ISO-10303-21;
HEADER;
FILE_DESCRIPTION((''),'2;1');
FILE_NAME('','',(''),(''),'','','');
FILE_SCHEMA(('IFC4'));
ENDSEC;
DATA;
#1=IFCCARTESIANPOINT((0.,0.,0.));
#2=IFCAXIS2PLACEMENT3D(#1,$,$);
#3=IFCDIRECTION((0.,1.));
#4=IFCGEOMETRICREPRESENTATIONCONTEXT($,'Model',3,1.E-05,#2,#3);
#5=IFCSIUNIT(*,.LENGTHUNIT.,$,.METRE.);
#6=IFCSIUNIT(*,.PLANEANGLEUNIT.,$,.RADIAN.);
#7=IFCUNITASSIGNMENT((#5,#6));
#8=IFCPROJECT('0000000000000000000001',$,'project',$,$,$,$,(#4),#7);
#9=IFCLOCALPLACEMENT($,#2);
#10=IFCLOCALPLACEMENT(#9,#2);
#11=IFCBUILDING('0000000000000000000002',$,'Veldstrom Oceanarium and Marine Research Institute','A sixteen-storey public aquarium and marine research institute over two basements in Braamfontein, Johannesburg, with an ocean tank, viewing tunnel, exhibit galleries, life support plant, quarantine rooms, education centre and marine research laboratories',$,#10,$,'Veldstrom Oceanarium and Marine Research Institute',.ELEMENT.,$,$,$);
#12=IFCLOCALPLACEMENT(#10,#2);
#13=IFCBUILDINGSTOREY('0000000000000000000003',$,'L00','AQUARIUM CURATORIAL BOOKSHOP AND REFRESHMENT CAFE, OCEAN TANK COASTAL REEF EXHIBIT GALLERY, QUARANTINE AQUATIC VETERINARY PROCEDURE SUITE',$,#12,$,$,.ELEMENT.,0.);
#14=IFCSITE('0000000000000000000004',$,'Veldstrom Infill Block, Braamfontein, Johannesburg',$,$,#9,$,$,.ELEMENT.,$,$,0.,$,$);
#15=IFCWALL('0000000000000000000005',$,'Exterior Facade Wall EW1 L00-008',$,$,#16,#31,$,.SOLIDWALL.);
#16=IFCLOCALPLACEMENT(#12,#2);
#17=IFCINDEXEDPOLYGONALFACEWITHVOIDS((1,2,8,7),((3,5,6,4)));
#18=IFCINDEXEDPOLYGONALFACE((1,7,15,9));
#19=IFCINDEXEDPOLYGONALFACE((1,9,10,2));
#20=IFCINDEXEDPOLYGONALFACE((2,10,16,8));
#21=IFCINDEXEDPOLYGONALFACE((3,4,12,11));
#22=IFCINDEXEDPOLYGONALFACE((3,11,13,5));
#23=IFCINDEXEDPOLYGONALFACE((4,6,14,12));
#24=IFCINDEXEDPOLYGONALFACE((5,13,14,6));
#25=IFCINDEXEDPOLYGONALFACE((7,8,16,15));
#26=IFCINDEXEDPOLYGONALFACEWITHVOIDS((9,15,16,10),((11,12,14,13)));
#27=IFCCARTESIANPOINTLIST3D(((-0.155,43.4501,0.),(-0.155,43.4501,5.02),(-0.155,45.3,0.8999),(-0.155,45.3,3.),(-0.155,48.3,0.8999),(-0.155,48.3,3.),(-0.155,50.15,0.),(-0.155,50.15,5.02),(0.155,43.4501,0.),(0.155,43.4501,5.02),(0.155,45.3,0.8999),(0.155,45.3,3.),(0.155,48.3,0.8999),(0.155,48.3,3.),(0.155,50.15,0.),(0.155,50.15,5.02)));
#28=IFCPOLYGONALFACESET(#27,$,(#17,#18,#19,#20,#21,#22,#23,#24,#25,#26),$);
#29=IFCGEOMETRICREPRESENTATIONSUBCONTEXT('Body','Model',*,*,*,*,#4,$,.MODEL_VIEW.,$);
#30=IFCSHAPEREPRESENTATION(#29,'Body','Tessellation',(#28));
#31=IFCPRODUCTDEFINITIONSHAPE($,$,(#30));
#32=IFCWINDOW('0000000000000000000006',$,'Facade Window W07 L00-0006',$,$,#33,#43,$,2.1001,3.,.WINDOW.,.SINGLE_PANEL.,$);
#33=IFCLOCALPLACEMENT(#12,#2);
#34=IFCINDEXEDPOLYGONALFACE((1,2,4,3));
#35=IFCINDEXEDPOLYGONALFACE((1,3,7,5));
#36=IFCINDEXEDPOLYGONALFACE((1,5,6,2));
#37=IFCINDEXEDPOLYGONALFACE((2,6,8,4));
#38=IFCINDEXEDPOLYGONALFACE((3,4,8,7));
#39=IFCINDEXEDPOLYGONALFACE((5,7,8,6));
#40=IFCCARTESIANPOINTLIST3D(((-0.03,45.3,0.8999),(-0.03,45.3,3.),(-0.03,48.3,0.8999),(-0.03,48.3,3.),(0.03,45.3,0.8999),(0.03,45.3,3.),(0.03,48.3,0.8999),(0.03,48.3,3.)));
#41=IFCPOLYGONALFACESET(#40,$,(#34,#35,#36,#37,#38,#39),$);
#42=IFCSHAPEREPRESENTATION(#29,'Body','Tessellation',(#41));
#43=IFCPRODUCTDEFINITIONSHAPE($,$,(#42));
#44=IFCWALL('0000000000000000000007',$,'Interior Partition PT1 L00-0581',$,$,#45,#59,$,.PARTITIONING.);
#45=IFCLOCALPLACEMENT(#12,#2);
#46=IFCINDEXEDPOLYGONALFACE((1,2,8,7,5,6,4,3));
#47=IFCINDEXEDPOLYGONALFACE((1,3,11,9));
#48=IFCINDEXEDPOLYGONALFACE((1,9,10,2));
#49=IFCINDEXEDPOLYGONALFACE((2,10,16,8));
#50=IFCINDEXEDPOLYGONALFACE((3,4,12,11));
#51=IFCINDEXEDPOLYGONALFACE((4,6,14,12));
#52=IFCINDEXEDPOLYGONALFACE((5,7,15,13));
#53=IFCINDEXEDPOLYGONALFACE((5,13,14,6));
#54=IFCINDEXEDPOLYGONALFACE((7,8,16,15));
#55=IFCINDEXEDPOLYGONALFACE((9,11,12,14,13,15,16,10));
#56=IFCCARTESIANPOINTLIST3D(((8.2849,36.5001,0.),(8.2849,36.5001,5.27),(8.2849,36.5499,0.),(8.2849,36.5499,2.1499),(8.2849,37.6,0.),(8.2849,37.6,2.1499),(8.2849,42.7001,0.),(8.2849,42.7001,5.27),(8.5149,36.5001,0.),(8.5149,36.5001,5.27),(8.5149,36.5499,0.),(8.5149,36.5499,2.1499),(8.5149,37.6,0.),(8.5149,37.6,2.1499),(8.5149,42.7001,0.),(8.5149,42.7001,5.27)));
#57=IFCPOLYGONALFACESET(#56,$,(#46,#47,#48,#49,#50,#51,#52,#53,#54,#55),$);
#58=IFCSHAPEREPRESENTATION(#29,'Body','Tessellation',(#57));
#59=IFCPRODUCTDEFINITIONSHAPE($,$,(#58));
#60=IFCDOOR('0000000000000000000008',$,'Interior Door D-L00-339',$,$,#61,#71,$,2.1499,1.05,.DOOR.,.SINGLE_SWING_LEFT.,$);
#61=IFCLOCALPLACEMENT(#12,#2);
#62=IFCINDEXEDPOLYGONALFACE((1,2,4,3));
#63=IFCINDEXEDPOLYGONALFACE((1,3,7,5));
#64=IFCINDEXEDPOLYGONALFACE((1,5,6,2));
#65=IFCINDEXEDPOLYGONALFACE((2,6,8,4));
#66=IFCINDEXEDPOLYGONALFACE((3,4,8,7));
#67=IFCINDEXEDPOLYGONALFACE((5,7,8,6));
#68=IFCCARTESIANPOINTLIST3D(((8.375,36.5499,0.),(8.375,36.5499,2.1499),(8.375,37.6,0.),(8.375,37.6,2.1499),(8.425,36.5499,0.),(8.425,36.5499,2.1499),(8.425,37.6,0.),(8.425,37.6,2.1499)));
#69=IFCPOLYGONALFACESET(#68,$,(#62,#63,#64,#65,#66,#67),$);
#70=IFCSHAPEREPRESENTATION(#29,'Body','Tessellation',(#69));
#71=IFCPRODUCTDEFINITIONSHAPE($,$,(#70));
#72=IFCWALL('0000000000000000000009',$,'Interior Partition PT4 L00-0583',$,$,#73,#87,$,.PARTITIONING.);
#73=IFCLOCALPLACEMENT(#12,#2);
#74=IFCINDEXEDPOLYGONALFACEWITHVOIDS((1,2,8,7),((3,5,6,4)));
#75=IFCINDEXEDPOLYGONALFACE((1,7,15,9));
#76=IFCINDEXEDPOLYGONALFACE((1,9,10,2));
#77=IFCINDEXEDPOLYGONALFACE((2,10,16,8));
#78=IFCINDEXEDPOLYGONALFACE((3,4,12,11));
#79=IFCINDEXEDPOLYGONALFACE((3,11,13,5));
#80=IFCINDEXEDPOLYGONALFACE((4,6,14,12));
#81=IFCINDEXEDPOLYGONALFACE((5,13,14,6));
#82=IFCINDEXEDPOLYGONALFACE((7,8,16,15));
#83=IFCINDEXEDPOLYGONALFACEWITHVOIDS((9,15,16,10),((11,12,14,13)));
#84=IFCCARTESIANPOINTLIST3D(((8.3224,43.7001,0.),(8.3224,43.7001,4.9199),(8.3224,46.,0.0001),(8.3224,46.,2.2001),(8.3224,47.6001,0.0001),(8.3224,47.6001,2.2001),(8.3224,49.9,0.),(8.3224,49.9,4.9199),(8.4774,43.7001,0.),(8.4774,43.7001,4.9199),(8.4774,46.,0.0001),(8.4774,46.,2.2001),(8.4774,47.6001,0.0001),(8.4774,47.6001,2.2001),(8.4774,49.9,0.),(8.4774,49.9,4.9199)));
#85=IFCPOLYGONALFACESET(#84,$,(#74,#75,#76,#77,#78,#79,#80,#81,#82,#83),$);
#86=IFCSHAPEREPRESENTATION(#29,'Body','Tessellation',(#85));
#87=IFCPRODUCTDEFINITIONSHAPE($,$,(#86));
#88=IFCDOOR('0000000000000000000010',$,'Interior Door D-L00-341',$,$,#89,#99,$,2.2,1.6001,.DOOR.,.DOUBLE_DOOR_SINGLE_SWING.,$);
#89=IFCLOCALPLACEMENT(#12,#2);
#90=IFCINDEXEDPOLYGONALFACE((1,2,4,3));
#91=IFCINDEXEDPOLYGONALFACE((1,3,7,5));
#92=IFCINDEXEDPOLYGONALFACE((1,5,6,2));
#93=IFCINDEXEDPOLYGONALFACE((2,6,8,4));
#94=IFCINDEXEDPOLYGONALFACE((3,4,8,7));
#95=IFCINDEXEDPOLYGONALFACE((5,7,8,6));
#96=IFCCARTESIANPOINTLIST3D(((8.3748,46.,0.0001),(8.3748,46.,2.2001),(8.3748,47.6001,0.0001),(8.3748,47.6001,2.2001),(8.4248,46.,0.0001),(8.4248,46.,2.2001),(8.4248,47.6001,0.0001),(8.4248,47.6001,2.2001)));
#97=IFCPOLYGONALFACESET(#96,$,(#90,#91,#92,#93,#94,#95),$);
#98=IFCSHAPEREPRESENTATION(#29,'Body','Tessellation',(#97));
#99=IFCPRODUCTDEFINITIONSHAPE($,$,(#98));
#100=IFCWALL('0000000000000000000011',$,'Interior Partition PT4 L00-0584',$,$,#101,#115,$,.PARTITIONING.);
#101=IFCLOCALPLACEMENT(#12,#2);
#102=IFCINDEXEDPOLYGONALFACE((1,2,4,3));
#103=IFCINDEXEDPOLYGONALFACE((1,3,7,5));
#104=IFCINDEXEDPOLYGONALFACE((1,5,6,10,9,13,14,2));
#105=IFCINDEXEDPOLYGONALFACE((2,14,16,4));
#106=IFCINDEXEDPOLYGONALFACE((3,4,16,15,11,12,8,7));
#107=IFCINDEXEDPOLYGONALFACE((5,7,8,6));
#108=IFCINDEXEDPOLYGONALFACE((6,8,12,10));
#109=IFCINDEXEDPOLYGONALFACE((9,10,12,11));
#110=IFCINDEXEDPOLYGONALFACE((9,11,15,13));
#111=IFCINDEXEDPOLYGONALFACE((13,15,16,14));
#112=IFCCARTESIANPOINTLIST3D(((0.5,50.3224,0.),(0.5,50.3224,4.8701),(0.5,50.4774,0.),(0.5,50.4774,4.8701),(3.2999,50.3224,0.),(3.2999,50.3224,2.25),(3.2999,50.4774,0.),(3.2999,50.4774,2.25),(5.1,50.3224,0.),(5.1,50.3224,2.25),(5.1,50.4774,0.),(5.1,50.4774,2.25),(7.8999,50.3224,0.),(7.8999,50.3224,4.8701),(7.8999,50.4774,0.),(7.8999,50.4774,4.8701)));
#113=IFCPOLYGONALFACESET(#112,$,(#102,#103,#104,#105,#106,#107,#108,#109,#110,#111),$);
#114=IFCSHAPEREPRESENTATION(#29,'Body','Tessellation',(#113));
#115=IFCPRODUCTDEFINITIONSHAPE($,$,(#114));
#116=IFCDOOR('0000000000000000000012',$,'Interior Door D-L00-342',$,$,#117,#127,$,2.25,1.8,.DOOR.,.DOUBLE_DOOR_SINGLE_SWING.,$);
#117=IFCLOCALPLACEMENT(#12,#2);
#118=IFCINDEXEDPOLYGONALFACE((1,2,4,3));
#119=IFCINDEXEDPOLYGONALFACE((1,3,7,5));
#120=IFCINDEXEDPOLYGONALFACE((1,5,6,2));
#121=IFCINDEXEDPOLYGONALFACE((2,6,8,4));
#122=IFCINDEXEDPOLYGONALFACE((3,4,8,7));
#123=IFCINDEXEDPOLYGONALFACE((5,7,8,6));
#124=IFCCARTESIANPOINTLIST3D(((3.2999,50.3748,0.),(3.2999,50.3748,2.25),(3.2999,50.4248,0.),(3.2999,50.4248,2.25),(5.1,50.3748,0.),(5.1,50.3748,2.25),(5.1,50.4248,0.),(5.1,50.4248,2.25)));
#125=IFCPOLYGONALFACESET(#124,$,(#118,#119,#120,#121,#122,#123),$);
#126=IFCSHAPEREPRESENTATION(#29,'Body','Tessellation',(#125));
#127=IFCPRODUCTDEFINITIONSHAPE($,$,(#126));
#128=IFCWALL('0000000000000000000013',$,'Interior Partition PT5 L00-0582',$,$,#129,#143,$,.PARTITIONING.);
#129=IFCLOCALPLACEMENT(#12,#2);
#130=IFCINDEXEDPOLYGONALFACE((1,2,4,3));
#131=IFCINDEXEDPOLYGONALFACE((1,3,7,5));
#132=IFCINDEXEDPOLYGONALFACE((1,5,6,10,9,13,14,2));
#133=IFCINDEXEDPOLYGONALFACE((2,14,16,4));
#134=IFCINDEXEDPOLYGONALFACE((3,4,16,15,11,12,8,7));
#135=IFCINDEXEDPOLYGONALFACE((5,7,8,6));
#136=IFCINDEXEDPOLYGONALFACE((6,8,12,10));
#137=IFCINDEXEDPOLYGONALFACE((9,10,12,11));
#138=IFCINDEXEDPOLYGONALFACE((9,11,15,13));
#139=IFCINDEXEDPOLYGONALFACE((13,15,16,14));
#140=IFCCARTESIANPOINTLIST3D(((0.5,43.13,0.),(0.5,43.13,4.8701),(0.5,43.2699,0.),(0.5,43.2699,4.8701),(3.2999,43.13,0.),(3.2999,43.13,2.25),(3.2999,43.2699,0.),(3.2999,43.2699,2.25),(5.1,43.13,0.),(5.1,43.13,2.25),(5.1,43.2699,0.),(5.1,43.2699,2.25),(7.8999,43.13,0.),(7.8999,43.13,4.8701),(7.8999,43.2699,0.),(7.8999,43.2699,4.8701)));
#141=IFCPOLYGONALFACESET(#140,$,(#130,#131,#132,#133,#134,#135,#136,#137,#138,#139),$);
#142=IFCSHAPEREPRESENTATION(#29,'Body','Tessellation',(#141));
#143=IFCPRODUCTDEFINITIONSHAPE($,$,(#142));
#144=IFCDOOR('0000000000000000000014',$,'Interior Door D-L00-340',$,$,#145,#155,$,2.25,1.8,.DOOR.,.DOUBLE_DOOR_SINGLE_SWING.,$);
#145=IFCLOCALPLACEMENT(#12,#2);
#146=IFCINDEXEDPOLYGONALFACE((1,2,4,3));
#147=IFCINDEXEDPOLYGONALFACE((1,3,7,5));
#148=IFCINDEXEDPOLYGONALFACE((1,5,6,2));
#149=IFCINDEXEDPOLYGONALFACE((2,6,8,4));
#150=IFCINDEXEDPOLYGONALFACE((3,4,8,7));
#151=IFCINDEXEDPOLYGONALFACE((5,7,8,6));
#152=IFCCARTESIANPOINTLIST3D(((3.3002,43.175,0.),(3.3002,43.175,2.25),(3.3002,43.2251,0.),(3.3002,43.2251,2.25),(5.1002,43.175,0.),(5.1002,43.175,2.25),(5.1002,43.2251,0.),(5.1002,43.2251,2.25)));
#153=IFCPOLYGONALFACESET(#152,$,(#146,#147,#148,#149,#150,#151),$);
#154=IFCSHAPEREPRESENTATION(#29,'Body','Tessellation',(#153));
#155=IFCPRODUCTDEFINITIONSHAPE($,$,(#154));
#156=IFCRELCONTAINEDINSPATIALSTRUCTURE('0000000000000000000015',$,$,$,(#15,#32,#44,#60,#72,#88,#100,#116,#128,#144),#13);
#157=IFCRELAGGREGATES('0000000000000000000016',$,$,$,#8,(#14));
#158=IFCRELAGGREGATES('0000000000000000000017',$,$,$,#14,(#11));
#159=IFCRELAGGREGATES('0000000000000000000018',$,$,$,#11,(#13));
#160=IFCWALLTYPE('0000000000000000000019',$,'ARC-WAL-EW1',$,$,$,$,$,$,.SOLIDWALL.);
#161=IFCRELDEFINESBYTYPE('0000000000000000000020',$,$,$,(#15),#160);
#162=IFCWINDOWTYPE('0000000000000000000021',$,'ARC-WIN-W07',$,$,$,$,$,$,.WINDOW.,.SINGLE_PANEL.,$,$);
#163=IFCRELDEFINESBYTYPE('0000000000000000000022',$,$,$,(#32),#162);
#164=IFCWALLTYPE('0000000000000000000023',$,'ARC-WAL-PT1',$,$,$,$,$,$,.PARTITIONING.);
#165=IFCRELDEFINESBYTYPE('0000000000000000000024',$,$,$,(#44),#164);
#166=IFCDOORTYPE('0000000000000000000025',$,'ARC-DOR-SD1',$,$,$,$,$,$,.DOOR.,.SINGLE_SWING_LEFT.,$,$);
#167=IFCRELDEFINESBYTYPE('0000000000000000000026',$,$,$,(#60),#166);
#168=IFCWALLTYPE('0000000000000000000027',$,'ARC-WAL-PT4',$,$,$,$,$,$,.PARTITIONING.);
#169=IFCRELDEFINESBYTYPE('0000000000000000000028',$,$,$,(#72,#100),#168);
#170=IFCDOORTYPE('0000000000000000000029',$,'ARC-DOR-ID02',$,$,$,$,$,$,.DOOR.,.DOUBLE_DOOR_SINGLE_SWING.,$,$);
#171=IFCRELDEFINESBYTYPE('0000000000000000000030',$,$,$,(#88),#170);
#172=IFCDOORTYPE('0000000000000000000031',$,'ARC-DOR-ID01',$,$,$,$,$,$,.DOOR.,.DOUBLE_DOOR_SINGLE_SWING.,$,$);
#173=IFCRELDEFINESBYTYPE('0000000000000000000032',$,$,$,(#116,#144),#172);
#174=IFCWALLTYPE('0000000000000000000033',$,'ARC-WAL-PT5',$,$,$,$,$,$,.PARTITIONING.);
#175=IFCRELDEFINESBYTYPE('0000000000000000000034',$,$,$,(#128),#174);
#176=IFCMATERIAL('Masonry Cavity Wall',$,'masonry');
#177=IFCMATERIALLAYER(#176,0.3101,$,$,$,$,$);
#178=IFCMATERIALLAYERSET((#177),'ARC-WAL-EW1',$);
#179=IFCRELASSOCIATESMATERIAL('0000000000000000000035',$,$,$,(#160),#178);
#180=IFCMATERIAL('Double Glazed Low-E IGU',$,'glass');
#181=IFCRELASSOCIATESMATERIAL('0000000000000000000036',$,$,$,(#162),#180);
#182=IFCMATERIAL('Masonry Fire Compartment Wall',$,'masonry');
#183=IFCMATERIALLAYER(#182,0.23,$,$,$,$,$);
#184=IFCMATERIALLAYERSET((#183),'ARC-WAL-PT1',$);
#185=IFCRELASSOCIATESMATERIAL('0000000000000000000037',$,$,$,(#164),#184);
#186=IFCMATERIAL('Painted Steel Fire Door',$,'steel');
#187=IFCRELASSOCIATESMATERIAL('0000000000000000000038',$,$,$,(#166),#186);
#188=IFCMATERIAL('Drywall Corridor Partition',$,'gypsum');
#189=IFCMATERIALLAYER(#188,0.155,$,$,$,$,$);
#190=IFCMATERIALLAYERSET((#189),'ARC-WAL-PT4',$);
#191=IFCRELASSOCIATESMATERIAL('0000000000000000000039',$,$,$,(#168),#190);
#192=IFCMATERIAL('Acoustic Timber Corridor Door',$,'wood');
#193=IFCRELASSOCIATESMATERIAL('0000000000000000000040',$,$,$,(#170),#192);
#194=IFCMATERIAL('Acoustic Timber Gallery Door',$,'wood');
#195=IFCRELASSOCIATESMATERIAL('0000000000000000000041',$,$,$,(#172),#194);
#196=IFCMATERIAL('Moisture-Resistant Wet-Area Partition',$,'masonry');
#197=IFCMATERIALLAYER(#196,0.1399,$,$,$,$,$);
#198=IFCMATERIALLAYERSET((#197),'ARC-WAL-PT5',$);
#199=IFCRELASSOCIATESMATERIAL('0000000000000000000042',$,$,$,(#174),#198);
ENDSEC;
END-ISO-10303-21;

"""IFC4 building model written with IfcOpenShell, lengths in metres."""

from ifc_helpers import new_model, si_unit, direction, frame, frame_2d, origin, place, context, subcontext, project, spatial, rectangle, extrude, material, layer, layer_set, type_object, element, fill, save


model = new_model("IFC4")

# Units and contexts
model_context = context("Model", 3, precision=1e-05, world=origin(), true_north=direction((0.0, 1.0)))
body_context = subcontext(model_context, "Body", "Model", "MODEL_VIEW")
ifc_project = project(units=[si_unit("LENGTHUNIT", "METRE"), si_unit("PLANEANGLEUNIT", "RADIAN")], contexts=[model_context])

# Site, building, storey
site_placement = place(None, origin())
site = spatial("IfcSite", under=ifc_project, at=site_placement, Name="Veldstrom Infill Block, Braamfontein, Johannesburg", CompositionType="ELEMENT", RefElevation=0.0)
building_placement = place(site_placement, origin())
building = spatial("IfcBuilding", under=site, at=building_placement, Name="Veldstrom Oceanarium and Marine Research Institute", Description="A sixteen-storey public aquarium and marine research institute over two basements in Braamfontein, Johannesburg, with an ocean tank, viewing tunnel, exhibit galleries, life support plant, quarantine rooms, education centre and marine research laboratories", LongName="Veldstrom Oceanarium and Marine Research Institute", CompositionType="ELEMENT")
storey_placement = place(building_placement, origin())
storey = spatial("IfcBuildingStorey", under=building, at=storey_placement, Name="L00", Description="AQUARIUM CURATORIAL BOOKSHOP AND REFRESHMENT CAFE, OCEAN TANK COASTAL REEF EXHIBIT GALLERY, QUARANTINE AQUATIC VETERINARY PROCEDURE SUITE", CompositionType="ELEMENT", Elevation=0.0)

# Wall, opening, window
ifc_material_1 = material(Name="Masonry Cavity Wall", Category="masonry")
ifc_layer_1 = layer(ifc_material_1, 0.3101)
ifc_layer_set_1 = layer_set([ifc_layer_1], Name="ARC-WAL-EW1")
wall_type_1 = type_object("IfcWallType", Name="ARC-WAL-EW1", PredefinedType="SOLIDWALL", material=ifc_layer_set_1)
wall_1_placement = place(storey_placement, frame((0.0, 43.45, 0.0), z_axis=(0.0, 0.0, 1.0), x_axis=(0.0, 1.0, 0.0)))
wall_1 = element("IfcWall", 1, at=wall_1_placement, inside=storey, type_object=wall_type_1, Name="Exterior Facade Wall EW1 L00-008", PredefinedType="SOLIDWALL", context=body_context, shape_type="SweptSolid", body=[
    extrude(rectangle(XDim=6.7, YDim=0.3101, at=frame_2d((3.3501, 0.0))), origin(), (0.0, 0.0, 1.0), 5.02),
])
opening_1_placement = place(wall_1_placement, frame((1.8501, 0.0, 0.8999)))
opening_1 = element("IfcOpeningElement", 2, at=opening_1_placement, cuts=wall_1, PredefinedType="OPENING", context=body_context, shape_type="SweptSolid", body=[
    extrude(rectangle(XDim=3.0, YDim=2.1001, at=frame_2d((1.5, 1.05))), frame((0.0, 0.165, 0.0), z_axis=(0.0, -1.0, 0.0), x_axis=(1.0, 0.0, 0.0)), (0.0, 0.0, 1.0), 0.3301),
])
ifc_material_2 = material(Name="Double Glazed Low-E IGU", Category="glass")
window_type = type_object("IfcWindowType", Name="ARC-WIN-W07", PartitioningType="SINGLE_PANEL", PredefinedType="WINDOW", material=ifc_material_2)
window_placement = place(opening_1_placement, origin())
window = element("IfcWindow", 3, at=window_placement, inside=storey, type_object=window_type, Name="Facade Window W07 L00-0006", OverallHeight=2.1001, OverallWidth=3.0, PartitioningType="SINGLE_PANEL", PredefinedType="WINDOW", context=body_context, shape_type="SweptSolid", body=[
    extrude(rectangle(XDim=3.0, YDim=2.1001, at=frame_2d((1.5, 1.05))), frame((0.0, 0.03, 0.0), z_axis=(0.0, -1.0, 0.0), x_axis=(1.0, 0.0, 0.0)), (0.0, 0.0, 1.0), 0.0601),
])
fill(opening_1, window)

# Walls, openings, doors
ifc_material_3 = material(Name="Masonry Fire Compartment Wall", Category="masonry")
ifc_layer_2 = layer(ifc_material_3, 0.23)
ifc_layer_set_2 = layer_set([ifc_layer_2], Name="ARC-WAL-PT1")
wall_type_2 = type_object("IfcWallType", Name="ARC-WAL-PT1", PredefinedType="PARTITIONING", material=ifc_layer_set_2)
wall_2_placement = place(storey_placement, frame((8.3999, 36.5, 0.0), z_axis=(0.0, 0.0, 1.0), x_axis=(0.0, 1.0, 0.0)))
wall_2 = element("IfcWall", 4, at=wall_2_placement, inside=storey, type_object=wall_type_2, Name="Interior Partition PT1 L00-0581", PredefinedType="PARTITIONING", context=body_context, shape_type="SweptSolid", body=[
    extrude(rectangle(XDim=6.2, YDim=0.23, at=frame_2d((3.1001, 0.0))), origin(), (0.0, 0.0, 1.0), 5.27),
])
opening_2_placement = place(wall_2_placement, frame((0.05, 0.0, 0.0)))
opening_2 = element("IfcOpeningElement", 5, at=opening_2_placement, cuts=wall_2, PredefinedType="OPENING", context=body_context, shape_type="SweptSolid", body=[
    extrude(rectangle(XDim=1.05, YDim=2.1499, at=frame_2d((0.5249, 1.075))), frame((0.0, 0.125, 0.0), z_axis=(0.0, -1.0, 0.0), x_axis=(1.0, 0.0, 0.0)), (0.0, 0.0, 1.0), 0.25),
])
ifc_material_4 = material(Name="Painted Steel Fire Door", Category="steel")
door_type_1 = type_object("IfcDoorType", Name="ARC-DOR-SD1", OperationType="SINGLE_SWING_LEFT", PredefinedType="DOOR", material=ifc_material_4)
door_1_placement = place(opening_2_placement, origin())
door_1 = element("IfcDoor", 6, at=door_1_placement, inside=storey, type_object=door_type_1, Name="Interior Door D-L00-339", OperationType="SINGLE_SWING_LEFT", OverallHeight=2.1499, OverallWidth=1.05, PredefinedType="DOOR", context=body_context, shape_type="SweptSolid", body=[
    extrude(rectangle(XDim=1.05, YDim=2.1499, at=frame_2d((0.5249, 1.075))), frame((0.0, 0.0249, 0.0), z_axis=(0.0, -1.0, 0.0), x_axis=(1.0, 0.0, 0.0)), (0.0, 0.0, 1.0), 0.05),
])
fill(opening_2, door_1)
ifc_material_5 = material(Name="Drywall Corridor Partition", Category="gypsum")
ifc_layer_3 = layer(ifc_material_5, 0.155)
ifc_layer_set_3 = layer_set([ifc_layer_3], Name="ARC-WAL-PT4")
wall_type_3 = type_object("IfcWallType", Name="ARC-WAL-PT4", PredefinedType="PARTITIONING", material=ifc_layer_set_3)
wall_3_placement = place(storey_placement, frame((8.3999, 43.7, 0.0), z_axis=(0.0, 0.0, 1.0), x_axis=(0.0, 1.0, 0.0)))
wall_3 = element("IfcWall", 7, at=wall_3_placement, inside=storey, type_object=wall_type_3, Name="Interior Partition PT4 L00-0583", PredefinedType="PARTITIONING", context=body_context, shape_type="SweptSolid", body=[
    extrude(rectangle(XDim=6.2, YDim=0.155, at=frame_2d((3.1001, 0.0))), origin(), (0.0, 0.0, 1.0), 4.9199),
])
opening_3_placement = place(wall_3_placement, frame((2.3, 0.0, 0.0)))
opening_3 = element("IfcOpeningElement", 8, at=opening_3_placement, cuts=wall_3, PredefinedType="OPENING", context=body_context, shape_type="SweptSolid", body=[
    extrude(rectangle(XDim=1.6001, YDim=2.2, at=frame_2d((0.8, 1.1001))), frame((0.0, 0.0874, 0.0), z_axis=(0.0, -1.0, 0.0), x_axis=(1.0, 0.0, 0.0)), (0.0, 0.0, 1.0), 0.175),
])
ifc_material_6 = material(Name="Acoustic Timber Corridor Door", Category="wood")
door_type_2 = type_object("IfcDoorType", Name="ARC-DOR-ID02", OperationType="DOUBLE_DOOR_SINGLE_SWING", PredefinedType="DOOR", material=ifc_material_6)
door_2_placement = place(opening_3_placement, frame((1.6001, 0.0, 0.0), z_axis=(0.0, 0.0, 1.0), x_axis=(-1.0, 0.0, 0.0)))
door_2 = element("IfcDoor", 9, at=door_2_placement, inside=storey, type_object=door_type_2, Name="Interior Door D-L00-341", OperationType="DOUBLE_DOOR_SINGLE_SWING", OverallHeight=2.2, OverallWidth=1.6001, PredefinedType="DOOR", context=body_context, shape_type="SweptSolid", body=[
    extrude(rectangle(XDim=1.6001, YDim=2.2, at=frame_2d((0.8, 1.1001))), frame((0.0, 0.0249, 0.0), z_axis=(0.0, -1.0, 0.0), x_axis=(1.0, 0.0, 0.0)), (0.0, 0.0, 1.0), 0.05),
])
fill(opening_3, door_2)
wall_4_placement = place(storey_placement, frame((0.5, 50.3999, 0.0), z_axis=(0.0, 0.0, 1.0), x_axis=(1.0, 0.0, 0.0)))
wall_4 = element("IfcWall", 10, at=wall_4_placement, inside=storey, type_object=wall_type_3, Name="Interior Partition PT4 L00-0584", PredefinedType="PARTITIONING", context=body_context, shape_type="SweptSolid", body=[
    extrude(rectangle(XDim=7.3999, YDim=0.155, at=frame_2d((3.7, 0.0))), origin(), (0.0, 0.0, 1.0), 4.8701),
])
opening_4_placement = place(wall_4_placement, frame((2.8, 0.0, 0.0)))
opening_4 = element("IfcOpeningElement", 11, at=opening_4_placement, cuts=wall_4, PredefinedType="OPENING", context=body_context, shape_type="SweptSolid", body=[
    extrude(rectangle(XDim=1.8, YDim=2.25, at=frame_2d((0.8999, 1.125))), frame((0.0, 0.0874, 0.0), z_axis=(0.0, -1.0, 0.0), x_axis=(1.0, 0.0, 0.0)), (0.0, 0.0, 1.0), 0.175),
])
ifc_material_7 = material(Name="Acoustic Timber Gallery Door", Category="wood")
door_type_3 = type_object("IfcDoorType", Name="ARC-DOR-ID01", OperationType="DOUBLE_DOOR_SINGLE_SWING", PredefinedType="DOOR", material=ifc_material_7)
door_3_placement = place(opening_4_placement, origin())
door_3 = element("IfcDoor", 12, at=door_3_placement, inside=storey, type_object=door_type_3, Name="Interior Door D-L00-342", OperationType="DOUBLE_DOOR_SINGLE_SWING", OverallHeight=2.25, OverallWidth=1.8, PredefinedType="DOOR", context=body_context, shape_type="SweptSolid", body=[
    extrude(rectangle(XDim=1.8, YDim=2.25, at=frame_2d((0.8999, 1.125))), frame((0.0, 0.0249, 0.0), z_axis=(0.0, -1.0, 0.0), x_axis=(1.0, 0.0, 0.0)), (0.0, 0.0, 1.0), 0.05),
])
fill(opening_4, door_3)
ifc_material_8 = material(Name="Moisture-Resistant Wet-Area Partition", Category="masonry")
ifc_layer_4 = layer(ifc_material_8, 0.1399)
ifc_layer_set_4 = layer_set([ifc_layer_4], Name="ARC-WAL-PT5")
wall_type_4 = type_object("IfcWallType", Name="ARC-WAL-PT5", PredefinedType="PARTITIONING", material=ifc_layer_set_4)
wall_5_placement = place(storey_placement, frame((0.5, 43.2, 0.0), z_axis=(0.0, 0.0, 1.0), x_axis=(1.0, 0.0, 0.0)))
wall_5 = element("IfcWall", 13, at=wall_5_placement, inside=storey, type_object=wall_type_4, Name="Interior Partition PT5 L00-0582", PredefinedType="PARTITIONING", context=body_context, shape_type="SweptSolid", body=[
    extrude(rectangle(XDim=7.3999, YDim=0.1399, at=frame_2d((3.7, 0.0))), origin(), (0.0, 0.0, 1.0), 4.8701),
])
opening_5_placement = place(wall_5_placement, frame((2.8, 0.0, 0.0)))
opening_5 = element("IfcOpeningElement", 14, at=opening_5_placement, cuts=wall_5, PredefinedType="OPENING", context=body_context, shape_type="SweptSolid", body=[
    extrude(rectangle(XDim=1.8, YDim=2.25, at=frame_2d((0.8999, 1.125))), frame((0.0, 0.0798, 0.0), z_axis=(0.0, -1.0, 0.0), x_axis=(1.0, 0.0, 0.0)), (0.0, 0.0, 1.0), 0.1599),
])
door_4_placement = place(opening_5_placement, frame((1.8, 0.0, 0.0), z_axis=(0.0, 0.0, 1.0), x_axis=(-1.0, 0.0, 0.0)))
door_4 = element("IfcDoor", 15, at=door_4_placement, inside=storey, type_object=door_type_3, Name="Interior Door D-L00-340", OperationType="DOUBLE_DOOR_SINGLE_SWING", OverallHeight=2.25, OverallWidth=1.8, PredefinedType="DOOR", context=body_context, shape_type="SweptSolid", body=[
    extrude(rectangle(XDim=1.8, YDim=2.25, at=frame_2d((0.8999, 1.125))), frame((0.0, 0.0249, 0.0), z_axis=(0.0, -1.0, 0.0), x_axis=(1.0, 0.0, 0.0)), (0.0, 0.0, 1.0), 0.05),
])
fill(opening_5, door_4)

save(model, "model.ifc")
